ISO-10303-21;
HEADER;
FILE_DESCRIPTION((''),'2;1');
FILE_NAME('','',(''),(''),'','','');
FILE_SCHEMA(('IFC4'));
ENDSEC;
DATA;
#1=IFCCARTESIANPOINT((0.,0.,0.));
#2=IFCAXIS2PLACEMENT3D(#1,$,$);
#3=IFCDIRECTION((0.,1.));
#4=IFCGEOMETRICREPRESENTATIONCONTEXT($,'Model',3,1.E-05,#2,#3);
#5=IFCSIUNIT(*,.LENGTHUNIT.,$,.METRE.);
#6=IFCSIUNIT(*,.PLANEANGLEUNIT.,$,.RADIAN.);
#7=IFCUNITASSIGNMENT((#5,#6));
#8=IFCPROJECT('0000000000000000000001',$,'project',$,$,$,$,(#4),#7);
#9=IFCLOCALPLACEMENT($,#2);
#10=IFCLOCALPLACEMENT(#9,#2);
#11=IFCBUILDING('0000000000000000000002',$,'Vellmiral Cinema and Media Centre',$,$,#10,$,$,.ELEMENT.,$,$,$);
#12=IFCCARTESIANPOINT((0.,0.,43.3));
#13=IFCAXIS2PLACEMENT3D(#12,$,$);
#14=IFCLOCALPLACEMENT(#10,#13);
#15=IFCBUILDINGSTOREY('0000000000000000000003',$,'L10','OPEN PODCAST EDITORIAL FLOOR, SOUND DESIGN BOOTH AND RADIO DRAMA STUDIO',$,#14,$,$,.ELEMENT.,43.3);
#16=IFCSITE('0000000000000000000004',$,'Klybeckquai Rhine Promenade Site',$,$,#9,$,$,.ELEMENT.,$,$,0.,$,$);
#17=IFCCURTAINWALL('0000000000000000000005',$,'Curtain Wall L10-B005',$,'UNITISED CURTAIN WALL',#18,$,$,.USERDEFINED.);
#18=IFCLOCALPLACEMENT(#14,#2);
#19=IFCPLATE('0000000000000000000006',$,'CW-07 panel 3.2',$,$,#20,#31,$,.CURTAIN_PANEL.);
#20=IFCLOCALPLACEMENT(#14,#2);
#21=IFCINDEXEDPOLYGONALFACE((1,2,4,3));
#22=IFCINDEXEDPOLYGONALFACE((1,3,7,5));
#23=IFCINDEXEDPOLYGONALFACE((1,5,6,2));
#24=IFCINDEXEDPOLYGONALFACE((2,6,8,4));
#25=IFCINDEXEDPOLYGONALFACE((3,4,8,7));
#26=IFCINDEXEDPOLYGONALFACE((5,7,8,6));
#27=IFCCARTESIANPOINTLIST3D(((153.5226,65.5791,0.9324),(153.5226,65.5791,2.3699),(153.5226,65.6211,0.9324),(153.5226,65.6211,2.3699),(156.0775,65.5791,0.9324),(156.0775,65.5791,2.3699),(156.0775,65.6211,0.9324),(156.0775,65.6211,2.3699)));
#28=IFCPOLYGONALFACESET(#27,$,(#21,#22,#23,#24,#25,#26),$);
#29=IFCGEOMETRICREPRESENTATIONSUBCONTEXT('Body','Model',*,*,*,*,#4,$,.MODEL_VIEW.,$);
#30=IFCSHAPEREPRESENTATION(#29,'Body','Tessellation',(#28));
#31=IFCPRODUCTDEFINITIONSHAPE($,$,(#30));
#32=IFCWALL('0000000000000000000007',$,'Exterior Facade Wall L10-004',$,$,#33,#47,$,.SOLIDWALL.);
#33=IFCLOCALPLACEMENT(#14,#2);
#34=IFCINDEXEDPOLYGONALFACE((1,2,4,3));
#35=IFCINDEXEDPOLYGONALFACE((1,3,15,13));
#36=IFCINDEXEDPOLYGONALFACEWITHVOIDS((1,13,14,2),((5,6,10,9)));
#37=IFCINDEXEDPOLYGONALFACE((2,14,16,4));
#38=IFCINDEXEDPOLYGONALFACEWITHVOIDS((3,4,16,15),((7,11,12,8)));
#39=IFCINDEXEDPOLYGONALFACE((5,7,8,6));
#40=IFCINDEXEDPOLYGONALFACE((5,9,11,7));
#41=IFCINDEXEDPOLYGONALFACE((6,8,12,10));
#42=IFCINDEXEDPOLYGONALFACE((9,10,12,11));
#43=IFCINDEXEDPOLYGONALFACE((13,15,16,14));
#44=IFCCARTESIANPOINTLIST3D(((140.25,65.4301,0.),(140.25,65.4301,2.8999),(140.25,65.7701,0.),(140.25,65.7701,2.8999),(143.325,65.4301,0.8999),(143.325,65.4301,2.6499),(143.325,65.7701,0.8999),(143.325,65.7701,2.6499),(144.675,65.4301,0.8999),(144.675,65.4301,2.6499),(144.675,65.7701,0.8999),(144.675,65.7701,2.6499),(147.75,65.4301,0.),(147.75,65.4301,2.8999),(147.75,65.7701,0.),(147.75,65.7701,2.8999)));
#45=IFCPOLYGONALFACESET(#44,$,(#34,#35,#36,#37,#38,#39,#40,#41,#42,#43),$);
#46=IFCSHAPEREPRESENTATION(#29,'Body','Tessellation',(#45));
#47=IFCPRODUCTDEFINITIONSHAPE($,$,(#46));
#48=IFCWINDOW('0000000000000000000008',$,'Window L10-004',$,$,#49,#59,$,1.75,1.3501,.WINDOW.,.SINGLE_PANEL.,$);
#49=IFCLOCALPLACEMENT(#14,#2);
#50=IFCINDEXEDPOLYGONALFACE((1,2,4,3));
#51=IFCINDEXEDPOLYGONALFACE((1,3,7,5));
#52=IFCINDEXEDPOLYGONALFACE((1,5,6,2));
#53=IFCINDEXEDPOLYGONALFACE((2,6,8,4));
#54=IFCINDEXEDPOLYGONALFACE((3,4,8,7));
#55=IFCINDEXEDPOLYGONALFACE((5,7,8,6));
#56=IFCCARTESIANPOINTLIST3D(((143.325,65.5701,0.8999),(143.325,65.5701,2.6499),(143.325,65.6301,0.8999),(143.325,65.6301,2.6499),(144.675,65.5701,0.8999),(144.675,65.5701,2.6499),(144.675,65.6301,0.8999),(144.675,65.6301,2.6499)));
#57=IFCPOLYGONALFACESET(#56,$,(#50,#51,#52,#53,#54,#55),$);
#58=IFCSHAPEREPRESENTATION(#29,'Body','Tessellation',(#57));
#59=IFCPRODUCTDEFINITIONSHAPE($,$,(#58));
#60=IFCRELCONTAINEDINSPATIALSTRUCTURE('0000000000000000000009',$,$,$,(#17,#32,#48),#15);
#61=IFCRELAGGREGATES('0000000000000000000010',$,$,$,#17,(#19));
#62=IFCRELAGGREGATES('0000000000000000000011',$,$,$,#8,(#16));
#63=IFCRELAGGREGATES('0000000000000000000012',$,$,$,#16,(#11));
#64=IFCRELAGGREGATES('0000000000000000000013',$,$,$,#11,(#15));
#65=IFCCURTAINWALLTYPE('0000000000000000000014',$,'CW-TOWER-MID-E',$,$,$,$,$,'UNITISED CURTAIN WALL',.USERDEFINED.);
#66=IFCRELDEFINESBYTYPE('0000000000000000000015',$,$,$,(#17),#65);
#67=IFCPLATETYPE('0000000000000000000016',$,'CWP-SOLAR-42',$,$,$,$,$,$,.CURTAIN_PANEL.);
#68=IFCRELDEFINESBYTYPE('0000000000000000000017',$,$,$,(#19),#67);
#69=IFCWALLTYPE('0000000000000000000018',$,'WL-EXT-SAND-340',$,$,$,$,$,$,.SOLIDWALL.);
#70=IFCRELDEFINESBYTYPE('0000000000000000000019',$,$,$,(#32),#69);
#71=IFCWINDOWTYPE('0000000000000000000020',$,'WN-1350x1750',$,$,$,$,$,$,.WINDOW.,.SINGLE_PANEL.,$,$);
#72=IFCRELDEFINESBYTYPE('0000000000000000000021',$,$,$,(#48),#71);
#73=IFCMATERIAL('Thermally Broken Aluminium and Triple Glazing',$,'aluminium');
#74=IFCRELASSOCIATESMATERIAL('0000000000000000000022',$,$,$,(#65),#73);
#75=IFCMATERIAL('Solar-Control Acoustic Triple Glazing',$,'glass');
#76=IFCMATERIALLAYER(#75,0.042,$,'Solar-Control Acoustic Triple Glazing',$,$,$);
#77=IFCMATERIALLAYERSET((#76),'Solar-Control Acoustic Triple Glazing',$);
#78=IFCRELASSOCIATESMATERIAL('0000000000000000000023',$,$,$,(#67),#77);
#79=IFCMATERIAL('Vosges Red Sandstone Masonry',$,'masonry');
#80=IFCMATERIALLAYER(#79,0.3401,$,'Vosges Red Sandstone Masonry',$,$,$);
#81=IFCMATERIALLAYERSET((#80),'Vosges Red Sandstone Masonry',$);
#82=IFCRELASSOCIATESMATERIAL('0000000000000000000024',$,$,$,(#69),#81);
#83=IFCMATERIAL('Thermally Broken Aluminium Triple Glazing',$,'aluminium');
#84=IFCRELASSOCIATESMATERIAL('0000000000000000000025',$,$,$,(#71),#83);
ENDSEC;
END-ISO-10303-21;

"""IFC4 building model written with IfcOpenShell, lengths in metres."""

from ifc_helpers import new_model, si_unit, direction, frame, frame_2d, origin, origin_2d, place, context, subcontext, project, spatial, rectangle, extrude, material, layer, layer_set, type_object, element, fill, aggregate, save


model = new_model("IFC4")

# Units and contexts
model_context = context("Model", 3, precision=1e-05, world=origin(), true_north=direction((0.0, 1.0)))
body_context = subcontext(model_context, "Body", "Model", "MODEL_VIEW")
ifc_project = project(units=[si_unit("LENGTHUNIT", "METRE"), si_unit("PLANEANGLEUNIT", "RADIAN")], contexts=[model_context])

# Site, building, storey
site_placement = place(None, origin())
site = spatial("IfcSite", under=ifc_project, at=site_placement, Name="Klybeckquai Rhine Promenade Site", CompositionType="ELEMENT", RefElevation=0.0)
building_placement = place(site_placement, origin())
building = spatial("IfcBuilding", under=site, at=building_placement, Name="Vellmiral Cinema and Media Centre", CompositionType="ELEMENT")
storey_placement = place(building_placement, frame((0.0, 0.0, 43.3)))
storey = spatial("IfcBuildingStorey", under=building, at=storey_placement, Name="L10", Description="OPEN PODCAST EDITORIAL FLOOR, SOUND DESIGN BOOTH AND RADIO DRAMA STUDIO", CompositionType="ELEMENT", Elevation=43.3)

# Curtain wall
ifc_material_1 = material(Name="Thermally Broken Aluminium and Triple Glazing", Category="aluminium")
curtain_wall_type = type_object("IfcCurtainWallType", Name="CW-TOWER-MID-E", ElementType="UNITISED CURTAIN WALL", PredefinedType="USERDEFINED", material=ifc_material_1)
curtain_wall_placement = place(storey_placement, origin())
curtain_wall = element("IfcCurtainWall", 1, at=curtain_wall_placement, inside=storey, type_object=curtain_wall_type, Name="Curtain Wall L10-B005", ObjectType="UNITISED CURTAIN WALL", PredefinedType="USERDEFINED")

# Plate
ifc_material_2 = material(Name="Solar-Control Acoustic Triple Glazing", Category="glass")
ifc_layer_1 = layer(ifc_material_2, 0.042, Name="Solar-Control Acoustic Triple Glazing")
ifc_layer_set_1 = layer_set([ifc_layer_1], Name="Solar-Control Acoustic Triple Glazing")
plate_type_1 = type_object("IfcPlateType", Name="CWP-SOLAR-42", PredefinedType="CURTAIN_PANEL", material=ifc_layer_set_1)
plate_1_placement = place(storey_placement, frame((154.8, 65.6001, 0.9324), z_axis=(0.0, 0.0, 1.0), x_axis=(1.0, 0.0, 0.0)))
plate_1 = element("IfcPlate", 2, at=plate_1_placement, type_object=plate_type_1, Name="CW-07 panel 3.2", PredefinedType="CURTAIN_PANEL", context=body_context, shape_type="SweptSolid", body=[
    extrude(rectangle(XDim=2.5549, YDim=0.042, at=origin_2d()), origin(), (0.0, 0.0, 1.0), 1.4375),
])
aggregate(curtain_wall, [plate_1])

# Wall, opening, window
ifc_material_3 = material(Name="Vosges Red Sandstone Masonry", Category="masonry")
ifc_layer_2 = layer(ifc_material_3, 0.3401, Name="Vosges Red Sandstone Masonry")
ifc_layer_set_2 = layer_set([ifc_layer_2], Name="Vosges Red Sandstone Masonry")
wall_type = type_object("IfcWallType", Name="WL-EXT-SAND-340", PredefinedType="SOLIDWALL", material=ifc_layer_set_2)
wall_placement = place(storey_placement, frame((140.25, 65.6001, 0.0), z_axis=(0.0, 0.0, 1.0), x_axis=(1.0, 0.0, 0.0)))
wall = element("IfcWall", 3, at=wall_placement, inside=storey, type_object=wall_type, Name="Exterior Facade Wall L10-004", PredefinedType="SOLIDWALL", context=body_context, shape_type="SweptSolid", body=[
    extrude(rectangle(XDim=7.5, YDim=0.3401, at=frame_2d((3.75, 0.0))), origin(), (0.0, 0.0, 1.0), 2.8999),
])
opening_placement = place(wall_placement, frame((3.075, 0.0, 0.8999)))
opening = element("IfcOpeningElement", 4, at=opening_placement, cuts=wall, PredefinedType="OPENING", context=body_context, shape_type="SweptSolid", body=[
    extrude(rectangle(XDim=1.3501, YDim=1.75, at=frame_2d((0.675, 0.875))), frame((0.0, 0.1821, 0.0), z_axis=(0.0, -1.0, 0.0), x_axis=(1.0, 0.0, 0.0)), (0.0, 0.0, 1.0), 0.364),
])
ifc_material_4 = material(Name="Thermally Broken Aluminium Triple Glazing", Category="aluminium")
window_type = type_object("IfcWindowType", Name="WN-1350x1750", PartitioningType="SINGLE_PANEL", PredefinedType="WINDOW", material=ifc_material_4)
window_placement = place(opening_placement, origin())
window = element("IfcWindow", 5, at=window_placement, inside=storey, type_object=window_type, Name="Window L10-004", OverallHeight=1.75, OverallWidth=1.3501, PartitioningType="SINGLE_PANEL", PredefinedType="WINDOW", context=body_context, shape_type="SweptSolid", body=[
    extrude(rectangle(XDim=1.3501, YDim=1.75, at=frame_2d((0.675, 0.875))), frame((0.0, 0.03, 0.0), z_axis=(0.0, -1.0, 0.0), x_axis=(1.0, 0.0, 0.0)), (0.0, 0.0, 1.0), 0.0601),
])
fill(opening, window)

save(model, "model.ifc")
